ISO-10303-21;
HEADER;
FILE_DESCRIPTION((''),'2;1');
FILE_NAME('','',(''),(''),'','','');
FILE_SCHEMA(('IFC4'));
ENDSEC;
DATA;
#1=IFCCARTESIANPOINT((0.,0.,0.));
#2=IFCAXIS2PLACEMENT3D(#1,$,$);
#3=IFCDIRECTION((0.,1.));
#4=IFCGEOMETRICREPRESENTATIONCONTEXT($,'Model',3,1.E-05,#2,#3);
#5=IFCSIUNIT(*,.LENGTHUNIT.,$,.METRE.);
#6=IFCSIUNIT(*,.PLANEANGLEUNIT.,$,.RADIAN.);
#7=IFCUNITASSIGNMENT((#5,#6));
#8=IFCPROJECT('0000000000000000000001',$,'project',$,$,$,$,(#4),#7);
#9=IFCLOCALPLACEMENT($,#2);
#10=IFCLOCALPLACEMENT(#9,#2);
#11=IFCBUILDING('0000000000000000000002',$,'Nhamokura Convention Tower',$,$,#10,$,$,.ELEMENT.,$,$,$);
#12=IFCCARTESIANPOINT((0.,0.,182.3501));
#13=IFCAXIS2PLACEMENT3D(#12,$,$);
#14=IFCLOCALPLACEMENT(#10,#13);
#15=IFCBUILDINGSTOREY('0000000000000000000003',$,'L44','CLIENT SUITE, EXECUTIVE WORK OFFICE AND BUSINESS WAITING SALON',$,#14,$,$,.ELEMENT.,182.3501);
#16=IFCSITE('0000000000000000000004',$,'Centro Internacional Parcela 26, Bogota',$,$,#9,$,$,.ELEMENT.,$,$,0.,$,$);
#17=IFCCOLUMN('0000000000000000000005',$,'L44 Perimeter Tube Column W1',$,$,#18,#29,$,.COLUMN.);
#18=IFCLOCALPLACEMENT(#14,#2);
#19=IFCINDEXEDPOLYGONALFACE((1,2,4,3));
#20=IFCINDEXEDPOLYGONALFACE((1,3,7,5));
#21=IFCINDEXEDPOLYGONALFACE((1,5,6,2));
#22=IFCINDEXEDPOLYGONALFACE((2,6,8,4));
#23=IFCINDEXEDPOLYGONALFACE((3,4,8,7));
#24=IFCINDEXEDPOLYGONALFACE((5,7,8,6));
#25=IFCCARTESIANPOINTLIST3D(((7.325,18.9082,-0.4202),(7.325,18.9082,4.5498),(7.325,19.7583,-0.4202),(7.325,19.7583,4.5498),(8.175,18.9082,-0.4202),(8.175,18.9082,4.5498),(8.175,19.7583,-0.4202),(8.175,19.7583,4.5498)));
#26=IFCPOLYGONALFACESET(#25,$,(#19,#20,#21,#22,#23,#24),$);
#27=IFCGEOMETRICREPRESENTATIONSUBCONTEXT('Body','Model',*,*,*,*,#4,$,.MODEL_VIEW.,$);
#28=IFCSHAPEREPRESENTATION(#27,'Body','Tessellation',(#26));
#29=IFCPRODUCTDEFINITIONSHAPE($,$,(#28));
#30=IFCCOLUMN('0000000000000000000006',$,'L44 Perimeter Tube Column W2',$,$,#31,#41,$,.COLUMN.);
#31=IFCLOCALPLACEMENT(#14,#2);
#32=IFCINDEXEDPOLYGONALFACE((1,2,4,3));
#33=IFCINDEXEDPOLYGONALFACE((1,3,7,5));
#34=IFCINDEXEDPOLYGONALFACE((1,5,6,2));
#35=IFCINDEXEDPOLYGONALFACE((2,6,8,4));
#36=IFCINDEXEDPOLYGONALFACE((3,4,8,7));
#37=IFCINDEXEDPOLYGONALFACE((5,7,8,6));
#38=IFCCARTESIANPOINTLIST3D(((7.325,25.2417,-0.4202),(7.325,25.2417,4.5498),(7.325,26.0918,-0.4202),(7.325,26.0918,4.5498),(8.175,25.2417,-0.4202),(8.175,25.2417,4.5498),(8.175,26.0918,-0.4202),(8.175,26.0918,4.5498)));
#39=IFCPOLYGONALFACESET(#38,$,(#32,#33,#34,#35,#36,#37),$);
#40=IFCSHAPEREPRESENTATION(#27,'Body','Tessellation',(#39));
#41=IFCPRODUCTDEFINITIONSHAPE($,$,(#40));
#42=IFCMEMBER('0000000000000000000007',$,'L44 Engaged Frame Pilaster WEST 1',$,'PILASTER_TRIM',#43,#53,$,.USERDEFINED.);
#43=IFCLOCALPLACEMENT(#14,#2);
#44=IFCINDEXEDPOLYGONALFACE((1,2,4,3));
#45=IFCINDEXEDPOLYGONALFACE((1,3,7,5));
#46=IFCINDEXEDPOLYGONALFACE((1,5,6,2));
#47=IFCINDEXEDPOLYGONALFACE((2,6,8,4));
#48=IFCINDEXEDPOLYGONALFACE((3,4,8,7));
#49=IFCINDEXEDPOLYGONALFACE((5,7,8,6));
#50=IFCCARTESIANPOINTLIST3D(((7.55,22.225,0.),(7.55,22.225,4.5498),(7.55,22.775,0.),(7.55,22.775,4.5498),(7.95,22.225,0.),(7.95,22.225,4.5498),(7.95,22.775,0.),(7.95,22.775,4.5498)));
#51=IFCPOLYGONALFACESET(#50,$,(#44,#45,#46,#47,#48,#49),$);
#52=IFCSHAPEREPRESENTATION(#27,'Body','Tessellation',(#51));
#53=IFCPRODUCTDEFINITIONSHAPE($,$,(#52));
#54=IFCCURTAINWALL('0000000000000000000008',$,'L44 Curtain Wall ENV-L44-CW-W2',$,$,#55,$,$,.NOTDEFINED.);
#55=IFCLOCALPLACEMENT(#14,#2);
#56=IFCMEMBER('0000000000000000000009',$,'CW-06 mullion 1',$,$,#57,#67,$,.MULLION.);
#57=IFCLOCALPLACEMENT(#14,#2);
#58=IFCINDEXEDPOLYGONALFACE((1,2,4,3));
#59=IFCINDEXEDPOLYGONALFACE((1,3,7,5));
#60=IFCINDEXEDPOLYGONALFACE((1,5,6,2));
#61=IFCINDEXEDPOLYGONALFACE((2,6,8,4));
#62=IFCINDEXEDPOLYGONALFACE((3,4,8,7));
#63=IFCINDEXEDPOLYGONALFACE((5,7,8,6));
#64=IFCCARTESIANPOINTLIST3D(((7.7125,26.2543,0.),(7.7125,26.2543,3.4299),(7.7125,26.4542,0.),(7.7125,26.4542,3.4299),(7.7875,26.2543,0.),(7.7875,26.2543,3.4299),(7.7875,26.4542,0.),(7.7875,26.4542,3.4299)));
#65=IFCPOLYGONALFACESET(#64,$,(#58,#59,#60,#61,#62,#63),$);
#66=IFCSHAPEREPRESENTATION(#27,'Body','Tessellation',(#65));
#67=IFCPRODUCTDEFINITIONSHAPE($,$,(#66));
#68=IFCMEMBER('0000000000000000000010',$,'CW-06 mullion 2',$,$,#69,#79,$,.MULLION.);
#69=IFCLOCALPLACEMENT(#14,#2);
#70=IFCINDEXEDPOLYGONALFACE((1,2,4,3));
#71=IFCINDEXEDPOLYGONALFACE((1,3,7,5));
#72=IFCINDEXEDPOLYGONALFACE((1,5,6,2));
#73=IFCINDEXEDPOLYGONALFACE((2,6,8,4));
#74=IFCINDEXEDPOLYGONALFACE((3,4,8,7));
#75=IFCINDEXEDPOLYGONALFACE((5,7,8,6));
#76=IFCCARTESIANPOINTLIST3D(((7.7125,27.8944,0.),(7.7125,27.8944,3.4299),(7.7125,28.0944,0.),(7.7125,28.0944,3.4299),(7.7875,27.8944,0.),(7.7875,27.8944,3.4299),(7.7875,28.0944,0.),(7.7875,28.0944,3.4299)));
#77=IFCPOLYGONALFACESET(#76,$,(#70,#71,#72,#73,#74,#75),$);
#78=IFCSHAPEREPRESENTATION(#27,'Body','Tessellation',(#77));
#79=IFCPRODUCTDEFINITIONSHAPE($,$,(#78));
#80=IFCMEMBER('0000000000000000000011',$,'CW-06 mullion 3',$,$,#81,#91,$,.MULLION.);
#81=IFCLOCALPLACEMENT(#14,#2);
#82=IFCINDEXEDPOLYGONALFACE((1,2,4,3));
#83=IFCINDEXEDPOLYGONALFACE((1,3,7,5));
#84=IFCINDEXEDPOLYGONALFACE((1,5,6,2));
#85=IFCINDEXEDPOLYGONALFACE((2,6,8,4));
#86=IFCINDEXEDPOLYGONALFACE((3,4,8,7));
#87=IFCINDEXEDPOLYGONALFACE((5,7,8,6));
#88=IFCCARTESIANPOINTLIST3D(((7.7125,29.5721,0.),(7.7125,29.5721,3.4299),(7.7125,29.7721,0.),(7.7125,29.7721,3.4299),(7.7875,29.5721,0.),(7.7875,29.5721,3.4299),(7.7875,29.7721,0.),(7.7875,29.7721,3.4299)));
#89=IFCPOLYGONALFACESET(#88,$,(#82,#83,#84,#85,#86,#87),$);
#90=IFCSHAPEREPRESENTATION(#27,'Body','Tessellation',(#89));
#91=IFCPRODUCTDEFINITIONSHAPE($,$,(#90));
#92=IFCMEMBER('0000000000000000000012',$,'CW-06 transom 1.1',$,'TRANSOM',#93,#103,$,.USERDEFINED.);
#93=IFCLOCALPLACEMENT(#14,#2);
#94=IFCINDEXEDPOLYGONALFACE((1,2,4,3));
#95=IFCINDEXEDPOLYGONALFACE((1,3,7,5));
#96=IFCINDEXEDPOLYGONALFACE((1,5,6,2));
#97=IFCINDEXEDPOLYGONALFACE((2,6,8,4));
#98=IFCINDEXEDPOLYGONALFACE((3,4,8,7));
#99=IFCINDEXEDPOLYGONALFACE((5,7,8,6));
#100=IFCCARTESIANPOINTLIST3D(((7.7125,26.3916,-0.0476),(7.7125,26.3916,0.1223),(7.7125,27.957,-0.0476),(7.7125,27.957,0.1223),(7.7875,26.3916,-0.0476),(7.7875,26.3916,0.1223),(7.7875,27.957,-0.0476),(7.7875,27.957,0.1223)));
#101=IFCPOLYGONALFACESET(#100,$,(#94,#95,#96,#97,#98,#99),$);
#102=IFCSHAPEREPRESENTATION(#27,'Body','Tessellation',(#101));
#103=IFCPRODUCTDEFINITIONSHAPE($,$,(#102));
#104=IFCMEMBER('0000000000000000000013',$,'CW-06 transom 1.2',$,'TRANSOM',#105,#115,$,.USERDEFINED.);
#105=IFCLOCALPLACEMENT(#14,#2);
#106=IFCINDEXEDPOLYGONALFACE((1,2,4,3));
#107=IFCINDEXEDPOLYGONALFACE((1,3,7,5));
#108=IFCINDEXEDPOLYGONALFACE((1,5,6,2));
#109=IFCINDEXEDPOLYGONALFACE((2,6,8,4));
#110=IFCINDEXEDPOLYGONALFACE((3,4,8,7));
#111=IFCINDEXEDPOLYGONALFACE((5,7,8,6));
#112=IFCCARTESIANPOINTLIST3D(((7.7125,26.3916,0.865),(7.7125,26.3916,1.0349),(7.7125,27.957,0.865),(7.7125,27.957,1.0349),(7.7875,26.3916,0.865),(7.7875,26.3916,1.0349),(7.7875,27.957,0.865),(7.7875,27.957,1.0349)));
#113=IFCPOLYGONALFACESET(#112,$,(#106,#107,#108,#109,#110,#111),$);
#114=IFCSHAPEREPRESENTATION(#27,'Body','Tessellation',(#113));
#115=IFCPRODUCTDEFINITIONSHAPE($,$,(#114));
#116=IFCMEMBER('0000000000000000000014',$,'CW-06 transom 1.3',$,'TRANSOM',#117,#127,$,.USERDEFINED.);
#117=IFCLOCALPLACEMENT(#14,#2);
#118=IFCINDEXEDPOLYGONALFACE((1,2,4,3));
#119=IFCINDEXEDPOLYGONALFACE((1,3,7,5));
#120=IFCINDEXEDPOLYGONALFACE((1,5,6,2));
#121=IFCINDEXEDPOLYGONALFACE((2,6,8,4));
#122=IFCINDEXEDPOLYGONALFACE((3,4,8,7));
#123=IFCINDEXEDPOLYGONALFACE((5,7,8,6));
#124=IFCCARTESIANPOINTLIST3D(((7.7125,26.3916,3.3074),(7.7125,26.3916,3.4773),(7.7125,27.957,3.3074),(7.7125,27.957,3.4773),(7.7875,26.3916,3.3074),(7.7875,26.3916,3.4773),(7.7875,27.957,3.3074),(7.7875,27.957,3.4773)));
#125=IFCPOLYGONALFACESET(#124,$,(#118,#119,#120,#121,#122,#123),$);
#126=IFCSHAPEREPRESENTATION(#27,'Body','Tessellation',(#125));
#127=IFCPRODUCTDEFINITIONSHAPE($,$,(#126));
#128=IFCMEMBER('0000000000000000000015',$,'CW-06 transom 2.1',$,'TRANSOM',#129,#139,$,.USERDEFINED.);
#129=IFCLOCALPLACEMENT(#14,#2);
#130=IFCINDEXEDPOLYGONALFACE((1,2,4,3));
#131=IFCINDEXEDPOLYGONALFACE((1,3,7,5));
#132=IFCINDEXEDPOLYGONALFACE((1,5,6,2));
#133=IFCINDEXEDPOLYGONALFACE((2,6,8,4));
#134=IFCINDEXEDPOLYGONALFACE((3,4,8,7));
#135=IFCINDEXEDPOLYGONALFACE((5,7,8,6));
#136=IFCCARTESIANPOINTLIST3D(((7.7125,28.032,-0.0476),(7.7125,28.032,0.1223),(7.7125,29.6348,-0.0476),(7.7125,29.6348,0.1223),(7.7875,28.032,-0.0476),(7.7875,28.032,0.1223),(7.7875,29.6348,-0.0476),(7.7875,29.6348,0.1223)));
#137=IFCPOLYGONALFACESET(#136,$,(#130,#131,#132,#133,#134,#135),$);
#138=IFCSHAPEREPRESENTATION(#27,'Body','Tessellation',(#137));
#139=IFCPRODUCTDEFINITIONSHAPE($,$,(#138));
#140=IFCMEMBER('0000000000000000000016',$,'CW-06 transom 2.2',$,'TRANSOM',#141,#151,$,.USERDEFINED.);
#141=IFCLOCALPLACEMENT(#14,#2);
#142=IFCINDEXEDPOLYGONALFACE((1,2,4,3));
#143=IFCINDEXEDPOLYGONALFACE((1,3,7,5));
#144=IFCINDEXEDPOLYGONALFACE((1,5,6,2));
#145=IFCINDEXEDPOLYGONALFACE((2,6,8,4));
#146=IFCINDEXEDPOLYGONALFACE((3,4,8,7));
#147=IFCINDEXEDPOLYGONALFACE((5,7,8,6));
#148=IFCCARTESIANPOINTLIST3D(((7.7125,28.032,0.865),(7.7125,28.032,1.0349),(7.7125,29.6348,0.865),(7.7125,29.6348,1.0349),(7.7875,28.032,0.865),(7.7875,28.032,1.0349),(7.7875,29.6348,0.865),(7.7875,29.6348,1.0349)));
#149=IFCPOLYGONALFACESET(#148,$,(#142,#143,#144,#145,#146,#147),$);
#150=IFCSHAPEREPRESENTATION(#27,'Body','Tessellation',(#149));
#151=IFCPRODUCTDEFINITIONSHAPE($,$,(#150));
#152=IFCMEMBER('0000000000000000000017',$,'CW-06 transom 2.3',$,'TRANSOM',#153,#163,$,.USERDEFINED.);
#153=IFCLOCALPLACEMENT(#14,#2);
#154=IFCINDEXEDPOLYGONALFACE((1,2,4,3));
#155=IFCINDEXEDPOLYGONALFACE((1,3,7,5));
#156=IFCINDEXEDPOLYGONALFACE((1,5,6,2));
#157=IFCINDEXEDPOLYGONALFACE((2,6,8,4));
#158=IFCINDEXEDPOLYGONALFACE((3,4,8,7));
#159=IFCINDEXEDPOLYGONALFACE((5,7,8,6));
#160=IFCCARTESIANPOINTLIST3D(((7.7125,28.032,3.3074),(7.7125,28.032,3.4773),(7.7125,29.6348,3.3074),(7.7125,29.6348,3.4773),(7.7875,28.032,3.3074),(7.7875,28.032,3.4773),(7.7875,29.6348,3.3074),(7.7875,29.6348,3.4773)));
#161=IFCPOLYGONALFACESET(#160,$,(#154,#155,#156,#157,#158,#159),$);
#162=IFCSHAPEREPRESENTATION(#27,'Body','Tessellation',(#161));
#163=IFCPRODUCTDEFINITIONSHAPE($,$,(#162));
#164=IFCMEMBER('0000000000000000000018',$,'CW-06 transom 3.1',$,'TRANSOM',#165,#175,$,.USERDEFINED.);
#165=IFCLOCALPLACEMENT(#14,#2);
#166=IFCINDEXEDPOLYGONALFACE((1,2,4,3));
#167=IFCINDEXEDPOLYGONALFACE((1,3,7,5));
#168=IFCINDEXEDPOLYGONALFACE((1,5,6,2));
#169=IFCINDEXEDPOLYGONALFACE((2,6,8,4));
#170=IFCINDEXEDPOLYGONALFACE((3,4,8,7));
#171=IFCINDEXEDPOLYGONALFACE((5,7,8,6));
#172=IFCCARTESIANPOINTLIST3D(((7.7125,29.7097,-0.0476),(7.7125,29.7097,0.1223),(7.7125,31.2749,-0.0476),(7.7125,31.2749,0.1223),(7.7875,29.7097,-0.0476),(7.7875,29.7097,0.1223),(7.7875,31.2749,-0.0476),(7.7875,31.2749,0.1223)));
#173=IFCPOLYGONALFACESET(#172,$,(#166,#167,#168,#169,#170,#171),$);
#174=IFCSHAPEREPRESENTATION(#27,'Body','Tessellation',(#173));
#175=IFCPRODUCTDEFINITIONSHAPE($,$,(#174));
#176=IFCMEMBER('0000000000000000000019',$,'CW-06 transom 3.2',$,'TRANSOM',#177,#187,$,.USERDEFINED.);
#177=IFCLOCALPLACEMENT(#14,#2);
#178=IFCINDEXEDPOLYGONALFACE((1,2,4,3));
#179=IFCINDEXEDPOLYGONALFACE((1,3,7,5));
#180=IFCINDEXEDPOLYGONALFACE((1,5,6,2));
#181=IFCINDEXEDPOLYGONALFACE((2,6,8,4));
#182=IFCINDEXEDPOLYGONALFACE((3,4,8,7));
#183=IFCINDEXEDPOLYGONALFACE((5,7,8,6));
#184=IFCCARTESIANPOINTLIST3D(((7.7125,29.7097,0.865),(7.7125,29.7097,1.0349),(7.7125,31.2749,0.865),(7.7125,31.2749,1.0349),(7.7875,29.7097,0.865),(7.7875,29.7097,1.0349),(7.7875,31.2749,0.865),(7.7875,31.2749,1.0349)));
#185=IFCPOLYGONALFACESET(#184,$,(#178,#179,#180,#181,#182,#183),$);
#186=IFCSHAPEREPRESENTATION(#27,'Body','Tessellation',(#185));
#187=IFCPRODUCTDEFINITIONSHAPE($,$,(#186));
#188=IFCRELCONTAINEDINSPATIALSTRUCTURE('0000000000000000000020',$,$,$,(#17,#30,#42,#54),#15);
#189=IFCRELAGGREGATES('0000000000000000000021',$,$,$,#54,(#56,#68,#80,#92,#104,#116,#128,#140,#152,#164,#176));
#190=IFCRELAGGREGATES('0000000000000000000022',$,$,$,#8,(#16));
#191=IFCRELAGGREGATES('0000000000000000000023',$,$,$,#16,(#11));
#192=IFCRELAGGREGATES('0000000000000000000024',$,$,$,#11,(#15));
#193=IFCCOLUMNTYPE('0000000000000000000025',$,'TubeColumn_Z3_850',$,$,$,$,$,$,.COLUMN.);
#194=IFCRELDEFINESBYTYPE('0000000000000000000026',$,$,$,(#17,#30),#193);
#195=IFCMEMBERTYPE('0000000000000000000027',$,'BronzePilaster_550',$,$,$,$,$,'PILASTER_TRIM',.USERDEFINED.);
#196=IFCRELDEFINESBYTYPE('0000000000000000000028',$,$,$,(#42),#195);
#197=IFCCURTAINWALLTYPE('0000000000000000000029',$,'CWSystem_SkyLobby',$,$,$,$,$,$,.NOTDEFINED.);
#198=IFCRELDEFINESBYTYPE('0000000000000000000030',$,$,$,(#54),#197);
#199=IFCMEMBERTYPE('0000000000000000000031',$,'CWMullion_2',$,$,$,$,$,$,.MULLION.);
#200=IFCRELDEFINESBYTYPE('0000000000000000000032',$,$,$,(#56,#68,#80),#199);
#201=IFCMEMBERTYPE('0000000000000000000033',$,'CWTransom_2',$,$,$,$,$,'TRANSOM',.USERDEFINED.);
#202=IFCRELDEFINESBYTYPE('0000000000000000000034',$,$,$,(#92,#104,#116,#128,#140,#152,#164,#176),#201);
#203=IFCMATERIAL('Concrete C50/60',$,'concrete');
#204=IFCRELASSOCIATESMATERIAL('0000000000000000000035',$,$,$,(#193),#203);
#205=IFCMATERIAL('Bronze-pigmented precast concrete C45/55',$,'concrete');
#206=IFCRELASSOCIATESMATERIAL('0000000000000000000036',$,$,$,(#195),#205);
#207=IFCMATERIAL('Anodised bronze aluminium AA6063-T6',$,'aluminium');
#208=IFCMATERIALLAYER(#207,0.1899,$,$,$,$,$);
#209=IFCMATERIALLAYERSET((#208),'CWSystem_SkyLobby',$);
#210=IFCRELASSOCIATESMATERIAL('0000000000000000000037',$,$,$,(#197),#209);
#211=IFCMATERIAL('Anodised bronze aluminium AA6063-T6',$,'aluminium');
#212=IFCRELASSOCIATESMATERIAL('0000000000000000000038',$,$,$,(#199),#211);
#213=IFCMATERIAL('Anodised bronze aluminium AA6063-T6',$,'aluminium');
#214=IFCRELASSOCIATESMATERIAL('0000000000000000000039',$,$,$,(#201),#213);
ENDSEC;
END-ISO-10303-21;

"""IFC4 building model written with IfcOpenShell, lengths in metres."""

from ifc_helpers import new_model, si_unit, direction, frame, origin, origin_2d, place, context, subcontext, project, spatial, rectangle, extrude, material, layer, layer_set, material_profile, profile_set, type_object, element, aggregate, save


model = new_model("IFC4")

# Units and contexts
model_context = context("Model", 3, precision=1e-05, world=origin(), true_north=direction((0.0, 1.0)))
body_context = subcontext(model_context, "Body", "Model", "MODEL_VIEW")
ifc_project = project(units=[si_unit("LENGTHUNIT", "METRE"), si_unit("PLANEANGLEUNIT", "RADIAN")], contexts=[model_context])

# Site, building, storey
site_placement = place(None, origin())
site = spatial("IfcSite", under=ifc_project, at=site_placement, Name="Centro Internacional Parcela 26, Bogota", CompositionType="ELEMENT", RefElevation=0.0)
building_placement = place(site_placement, origin())
building = spatial("IfcBuilding", under=site, at=building_placement, Name="Nhamokura Convention Tower", CompositionType="ELEMENT")
storey_placement = place(building_placement, frame((0.0, 0.0, 182.3501)))
storey = spatial("IfcBuildingStorey", under=building, at=storey_placement, Name="L44", Description="CLIENT SUITE, EXECUTIVE WORK OFFICE AND BUSINESS WAITING SALON", CompositionType="ELEMENT", Elevation=182.3501)

# Columns
ifc_material_1 = material(Name="Concrete C50/60", Category="concrete")
ifc_material_profile_1 = material_profile(ifc_material_1, rectangle(XDim=0.8501, YDim=0.8501, at=origin_2d()))
ifc_profile_set_1 = profile_set([ifc_material_profile_1], Name="Concrete C50/60")
column_type = type_object("IfcColumnType", Name="TubeColumn_Z3_850", PredefinedType="COLUMN", material=ifc_profile_set_1)
for number, where, z_axis, x_axis, name in (
    (1, (7.75, 19.3333, -0.4202), (0.0, 0.0, 1.0), (1.0, 0.0, 0.0), "L44 Perimeter Tube Column W1"),
    (2, (7.75, 25.6667, -0.4202), (0.0, 0.0, 1.0), (1.0, 0.0, 0.0), "L44 Perimeter Tube Column W2"),
):
    element("IfcColumn", number, at=place(storey_placement, frame(where, z_axis=z_axis, x_axis=x_axis)), inside=storey, type_object=column_type, Name=name, PredefinedType="COLUMN", context=body_context, shape_type="SweptSolid", body=[
        extrude(rectangle(XDim=0.8501, YDim=0.8501, at=origin_2d()), origin(), (0.0, 0.0, 1.0), 4.97),
    ])

# Member
ifc_material_2 = material(Name="Bronze-pigmented precast concrete C45/55", Category="concrete")
ifc_material_profile_2 = material_profile(ifc_material_2, rectangle(XDim=0.3999, YDim=0.55, at=origin_2d()))
ifc_profile_set_2 = profile_set([ifc_material_profile_2], Name="Bronze-pigmented precast concrete C45/55")
member_type_1 = type_object("IfcMemberType", Name="BronzePilaster_550", ElementType="PILASTER_TRIM", PredefinedType="USERDEFINED", material=ifc_profile_set_2)
member_1_placement = place(storey_placement, frame((7.75, 22.5, 0.0), z_axis=(0.0, 0.0, 1.0), x_axis=(1.0, 0.0, 0.0)))
element("IfcMember", 3, at=member_1_placement, inside=storey, type_object=member_type_1, Name="L44 Engaged Frame Pilaster WEST 1", ObjectType="PILASTER_TRIM", PredefinedType="USERDEFINED", context=body_context, shape_type="SweptSolid", body=[
    extrude(rectangle(XDim=0.3999, YDim=0.55, at=origin_2d()), origin(), (0.0, 0.0, 1.0), 4.5498),
])

# Curtain wall, members
ifc_material_3 = material(Name="Anodised bronze aluminium AA6063-T6", Category="aluminium")
ifc_layer_1 = layer(ifc_material_3, 0.1899)
ifc_layer_set_1 = layer_set([ifc_layer_1], Name="CWSystem_SkyLobby")
curtain_wall_type = type_object("IfcCurtainWallType", Name="CWSystem_SkyLobby", PredefinedType="NOTDEFINED", material=ifc_layer_set_1)
curtain_wall_placement = place(storey_placement, origin())
curtain_wall = element("IfcCurtainWall", 4, at=curtain_wall_placement, inside=storey, type_object=curtain_wall_type, Name="L44 Curtain Wall ENV-L44-CW-W2", PredefinedType="NOTDEFINED")
ifc_material_4 = material(Name="Anodised bronze aluminium AA6063-T6", Category="aluminium")
ifc_material_profile_3 = material_profile(ifc_material_4, rectangle(XDim=0.075, YDim=0.2, at=origin_2d()))
ifc_profile_set_3 = profile_set([ifc_material_profile_3], Name="Anodised bronze aluminium AA6063-T6")
member_type_2 = type_object("IfcMemberType", Name="CWMullion_2", PredefinedType="MULLION", material=ifc_profile_set_3)
member_2_placement = place(storey_placement, frame((7.75, 26.3542, 0.0), z_axis=(0.0, 0.0, 1.0), x_axis=(-1.0, 0.0, 0.0)))
member_2 = element("IfcMember", 5, at=member_2_placement, type_object=member_type_2, Name="CW-06 mullion 1", PredefinedType="MULLION", context=body_context, shape_type="SweptSolid", body=[
    extrude(rectangle(XDim=0.075, YDim=0.2, at=origin_2d()), origin(), (0.0, 0.0, 1.0), 3.4299),
])
member_3_placement = place(storey_placement, frame((7.75, 27.9944, 0.0), z_axis=(0.0, 0.0, 1.0), x_axis=(-1.0, 0.0, 0.0)))
member_3 = element("IfcMember", 6, at=member_3_placement, type_object=member_type_2, Name="CW-06 mullion 2", PredefinedType="MULLION", context=body_context, shape_type="SweptSolid", body=[
    extrude(rectangle(XDim=0.075, YDim=0.2, at=origin_2d()), origin(), (0.0, 0.0, 1.0), 3.4299),
])
member_4_placement = place(storey_placement, frame((7.75, 29.6721, 0.0), z_axis=(0.0, 0.0, 1.0), x_axis=(-1.0, 0.0, 0.0)))
member_4 = element("IfcMember", 7, at=member_4_placement, type_object=member_type_2, Name="CW-06 mullion 3", PredefinedType="MULLION", context=body_context, shape_type="SweptSolid", body=[
    extrude(rectangle(XDim=0.075, YDim=0.2, at=origin_2d()), origin(), (0.0, 0.0, 1.0), 3.4299),
])
ifc_material_5 = material(Name="Anodised bronze aluminium AA6063-T6", Category="aluminium")
ifc_material_profile_4 = material_profile(ifc_material_5, rectangle(XDim=0.075, YDim=0.1699, at=origin_2d()))
ifc_profile_set_4 = profile_set([ifc_material_profile_4], Name="Anodised bronze aluminium AA6063-T6")
member_type_3 = type_object("IfcMemberType", Name="CWTransom_2", ElementType="TRANSOM", PredefinedType="USERDEFINED", material=ifc_profile_set_4)
member_5_placement = place(storey_placement, frame((7.75, 26.3916, 0.0374), z_axis=(0.0, 1.0, 0.0), x_axis=(-1.0, 0.0, 0.0)))
member_5 = element("IfcMember", 8, at=member_5_placement, type_object=member_type_3, Name="CW-06 transom 1.1", ObjectType="TRANSOM", PredefinedType="USERDEFINED", context=body_context, shape_type="SweptSolid", body=[
    extrude(rectangle(XDim=0.075, YDim=0.1699, at=origin_2d()), origin(), (0.0, 0.0, 1.0), 1.5654),
])
member_6_placement = place(storey_placement, frame((7.75, 26.3916, 0.95), z_axis=(0.0, 1.0, 0.0), x_axis=(-1.0, 0.0, 0.0)))
member_6 = element("IfcMember", 9, at=member_6_placement, type_object=member_type_3, Name="CW-06 transom 1.2", ObjectType="TRANSOM", PredefinedType="USERDEFINED", context=body_context, shape_type="SweptSolid", body=[
    extrude(rectangle(XDim=0.075, YDim=0.1699, at=origin_2d()), origin(), (0.0, 0.0, 1.0), 1.5654),
])
member_7_placement = place(storey_placement, frame((7.75, 26.3916, 3.3923), z_axis=(0.0, 1.0, 0.0), x_axis=(-1.0, 0.0, 0.0)))
member_7 = element("IfcMember", 10, at=member_7_placement, type_object=member_type_3, Name="CW-06 transom 1.3", ObjectType="TRANSOM", PredefinedType="USERDEFINED", context=body_context, shape_type="SweptSolid", body=[
    extrude(rectangle(XDim=0.075, YDim=0.1699, at=origin_2d()), origin(), (0.0, 0.0, 1.0), 1.5654),
])
member_8_placement = place(storey_placement, frame((7.75, 28.032, 0.0374), z_axis=(0.0, 1.0, 0.0), x_axis=(-1.0, 0.0, 0.0)))
member_8 = element("IfcMember", 11, at=member_8_placement, type_object=member_type_3, Name="CW-06 transom 2.1", ObjectType="TRANSOM", PredefinedType="USERDEFINED", context=body_context, shape_type="SweptSolid", body=[
    extrude(rectangle(XDim=0.075, YDim=0.1699, at=origin_2d()), origin(), (0.0, 0.0, 1.0), 1.6028),
])
member_9_placement = place(storey_placement, frame((7.75, 28.032, 0.95), z_axis=(0.0, 1.0, 0.0), x_axis=(-1.0, 0.0, 0.0)))
member_9 = element("IfcMember", 12, at=member_9_placement, type_object=member_type_3, Name="CW-06 transom 2.2", ObjectType="TRANSOM", PredefinedType="USERDEFINED", context=body_context, shape_type="SweptSolid", body=[
    extrude(rectangle(XDim=0.075, YDim=0.1699, at=origin_2d()), origin(), (0.0, 0.0, 1.0), 1.6028),
])
member_10_placement = place(storey_placement, frame((7.75, 28.032, 3.3923), z_axis=(0.0, 1.0, 0.0), x_axis=(-1.0, 0.0, 0.0)))
member_10 = element("IfcMember", 13, at=member_10_placement, type_object=member_type_3, Name="CW-06 transom 2.3", ObjectType="TRANSOM", PredefinedType="USERDEFINED", context=body_context, shape_type="SweptSolid", body=[
    extrude(rectangle(XDim=0.075, YDim=0.1699, at=origin_2d()), origin(), (0.0, 0.0, 1.0), 1.6028),
])
member_11_placement = place(storey_placement, frame((7.75, 29.7097, 0.0374), z_axis=(0.0, 1.0, 0.0), x_axis=(-1.0, 0.0, 0.0)))
member_11 = element("IfcMember", 14, at=member_11_placement, type_object=member_type_3, Name="CW-06 transom 3.1", ObjectType="TRANSOM", PredefinedType="USERDEFINED", context=body_context, shape_type="SweptSolid", body=[
    extrude(rectangle(XDim=0.075, YDim=0.1699, at=origin_2d()), origin(), (0.0, 0.0, 1.0), 1.5652),
])
member_12_placement = place(storey_placement, frame((7.75, 29.7097, 0.95), z_axis=(0.0, 1.0, 0.0), x_axis=(-1.0, 0.0, 0.0)))
member_12 = element("IfcMember", 15, at=member_12_placement, type_object=member_type_3, Name="CW-06 transom 3.2", ObjectType="TRANSOM", PredefinedType="USERDEFINED", context=body_context, shape_type="SweptSolid", body=[
    extrude(rectangle(XDim=0.075, YDim=0.1699, at=origin_2d()), origin(), (0.0, 0.0, 1.0), 1.5652),
])

aggregate(curtain_wall, [member_2, member_3, member_4, member_5, member_6, member_7, member_8, member_9, member_10, member_11, member_12])

save(model, "model.ifc")
